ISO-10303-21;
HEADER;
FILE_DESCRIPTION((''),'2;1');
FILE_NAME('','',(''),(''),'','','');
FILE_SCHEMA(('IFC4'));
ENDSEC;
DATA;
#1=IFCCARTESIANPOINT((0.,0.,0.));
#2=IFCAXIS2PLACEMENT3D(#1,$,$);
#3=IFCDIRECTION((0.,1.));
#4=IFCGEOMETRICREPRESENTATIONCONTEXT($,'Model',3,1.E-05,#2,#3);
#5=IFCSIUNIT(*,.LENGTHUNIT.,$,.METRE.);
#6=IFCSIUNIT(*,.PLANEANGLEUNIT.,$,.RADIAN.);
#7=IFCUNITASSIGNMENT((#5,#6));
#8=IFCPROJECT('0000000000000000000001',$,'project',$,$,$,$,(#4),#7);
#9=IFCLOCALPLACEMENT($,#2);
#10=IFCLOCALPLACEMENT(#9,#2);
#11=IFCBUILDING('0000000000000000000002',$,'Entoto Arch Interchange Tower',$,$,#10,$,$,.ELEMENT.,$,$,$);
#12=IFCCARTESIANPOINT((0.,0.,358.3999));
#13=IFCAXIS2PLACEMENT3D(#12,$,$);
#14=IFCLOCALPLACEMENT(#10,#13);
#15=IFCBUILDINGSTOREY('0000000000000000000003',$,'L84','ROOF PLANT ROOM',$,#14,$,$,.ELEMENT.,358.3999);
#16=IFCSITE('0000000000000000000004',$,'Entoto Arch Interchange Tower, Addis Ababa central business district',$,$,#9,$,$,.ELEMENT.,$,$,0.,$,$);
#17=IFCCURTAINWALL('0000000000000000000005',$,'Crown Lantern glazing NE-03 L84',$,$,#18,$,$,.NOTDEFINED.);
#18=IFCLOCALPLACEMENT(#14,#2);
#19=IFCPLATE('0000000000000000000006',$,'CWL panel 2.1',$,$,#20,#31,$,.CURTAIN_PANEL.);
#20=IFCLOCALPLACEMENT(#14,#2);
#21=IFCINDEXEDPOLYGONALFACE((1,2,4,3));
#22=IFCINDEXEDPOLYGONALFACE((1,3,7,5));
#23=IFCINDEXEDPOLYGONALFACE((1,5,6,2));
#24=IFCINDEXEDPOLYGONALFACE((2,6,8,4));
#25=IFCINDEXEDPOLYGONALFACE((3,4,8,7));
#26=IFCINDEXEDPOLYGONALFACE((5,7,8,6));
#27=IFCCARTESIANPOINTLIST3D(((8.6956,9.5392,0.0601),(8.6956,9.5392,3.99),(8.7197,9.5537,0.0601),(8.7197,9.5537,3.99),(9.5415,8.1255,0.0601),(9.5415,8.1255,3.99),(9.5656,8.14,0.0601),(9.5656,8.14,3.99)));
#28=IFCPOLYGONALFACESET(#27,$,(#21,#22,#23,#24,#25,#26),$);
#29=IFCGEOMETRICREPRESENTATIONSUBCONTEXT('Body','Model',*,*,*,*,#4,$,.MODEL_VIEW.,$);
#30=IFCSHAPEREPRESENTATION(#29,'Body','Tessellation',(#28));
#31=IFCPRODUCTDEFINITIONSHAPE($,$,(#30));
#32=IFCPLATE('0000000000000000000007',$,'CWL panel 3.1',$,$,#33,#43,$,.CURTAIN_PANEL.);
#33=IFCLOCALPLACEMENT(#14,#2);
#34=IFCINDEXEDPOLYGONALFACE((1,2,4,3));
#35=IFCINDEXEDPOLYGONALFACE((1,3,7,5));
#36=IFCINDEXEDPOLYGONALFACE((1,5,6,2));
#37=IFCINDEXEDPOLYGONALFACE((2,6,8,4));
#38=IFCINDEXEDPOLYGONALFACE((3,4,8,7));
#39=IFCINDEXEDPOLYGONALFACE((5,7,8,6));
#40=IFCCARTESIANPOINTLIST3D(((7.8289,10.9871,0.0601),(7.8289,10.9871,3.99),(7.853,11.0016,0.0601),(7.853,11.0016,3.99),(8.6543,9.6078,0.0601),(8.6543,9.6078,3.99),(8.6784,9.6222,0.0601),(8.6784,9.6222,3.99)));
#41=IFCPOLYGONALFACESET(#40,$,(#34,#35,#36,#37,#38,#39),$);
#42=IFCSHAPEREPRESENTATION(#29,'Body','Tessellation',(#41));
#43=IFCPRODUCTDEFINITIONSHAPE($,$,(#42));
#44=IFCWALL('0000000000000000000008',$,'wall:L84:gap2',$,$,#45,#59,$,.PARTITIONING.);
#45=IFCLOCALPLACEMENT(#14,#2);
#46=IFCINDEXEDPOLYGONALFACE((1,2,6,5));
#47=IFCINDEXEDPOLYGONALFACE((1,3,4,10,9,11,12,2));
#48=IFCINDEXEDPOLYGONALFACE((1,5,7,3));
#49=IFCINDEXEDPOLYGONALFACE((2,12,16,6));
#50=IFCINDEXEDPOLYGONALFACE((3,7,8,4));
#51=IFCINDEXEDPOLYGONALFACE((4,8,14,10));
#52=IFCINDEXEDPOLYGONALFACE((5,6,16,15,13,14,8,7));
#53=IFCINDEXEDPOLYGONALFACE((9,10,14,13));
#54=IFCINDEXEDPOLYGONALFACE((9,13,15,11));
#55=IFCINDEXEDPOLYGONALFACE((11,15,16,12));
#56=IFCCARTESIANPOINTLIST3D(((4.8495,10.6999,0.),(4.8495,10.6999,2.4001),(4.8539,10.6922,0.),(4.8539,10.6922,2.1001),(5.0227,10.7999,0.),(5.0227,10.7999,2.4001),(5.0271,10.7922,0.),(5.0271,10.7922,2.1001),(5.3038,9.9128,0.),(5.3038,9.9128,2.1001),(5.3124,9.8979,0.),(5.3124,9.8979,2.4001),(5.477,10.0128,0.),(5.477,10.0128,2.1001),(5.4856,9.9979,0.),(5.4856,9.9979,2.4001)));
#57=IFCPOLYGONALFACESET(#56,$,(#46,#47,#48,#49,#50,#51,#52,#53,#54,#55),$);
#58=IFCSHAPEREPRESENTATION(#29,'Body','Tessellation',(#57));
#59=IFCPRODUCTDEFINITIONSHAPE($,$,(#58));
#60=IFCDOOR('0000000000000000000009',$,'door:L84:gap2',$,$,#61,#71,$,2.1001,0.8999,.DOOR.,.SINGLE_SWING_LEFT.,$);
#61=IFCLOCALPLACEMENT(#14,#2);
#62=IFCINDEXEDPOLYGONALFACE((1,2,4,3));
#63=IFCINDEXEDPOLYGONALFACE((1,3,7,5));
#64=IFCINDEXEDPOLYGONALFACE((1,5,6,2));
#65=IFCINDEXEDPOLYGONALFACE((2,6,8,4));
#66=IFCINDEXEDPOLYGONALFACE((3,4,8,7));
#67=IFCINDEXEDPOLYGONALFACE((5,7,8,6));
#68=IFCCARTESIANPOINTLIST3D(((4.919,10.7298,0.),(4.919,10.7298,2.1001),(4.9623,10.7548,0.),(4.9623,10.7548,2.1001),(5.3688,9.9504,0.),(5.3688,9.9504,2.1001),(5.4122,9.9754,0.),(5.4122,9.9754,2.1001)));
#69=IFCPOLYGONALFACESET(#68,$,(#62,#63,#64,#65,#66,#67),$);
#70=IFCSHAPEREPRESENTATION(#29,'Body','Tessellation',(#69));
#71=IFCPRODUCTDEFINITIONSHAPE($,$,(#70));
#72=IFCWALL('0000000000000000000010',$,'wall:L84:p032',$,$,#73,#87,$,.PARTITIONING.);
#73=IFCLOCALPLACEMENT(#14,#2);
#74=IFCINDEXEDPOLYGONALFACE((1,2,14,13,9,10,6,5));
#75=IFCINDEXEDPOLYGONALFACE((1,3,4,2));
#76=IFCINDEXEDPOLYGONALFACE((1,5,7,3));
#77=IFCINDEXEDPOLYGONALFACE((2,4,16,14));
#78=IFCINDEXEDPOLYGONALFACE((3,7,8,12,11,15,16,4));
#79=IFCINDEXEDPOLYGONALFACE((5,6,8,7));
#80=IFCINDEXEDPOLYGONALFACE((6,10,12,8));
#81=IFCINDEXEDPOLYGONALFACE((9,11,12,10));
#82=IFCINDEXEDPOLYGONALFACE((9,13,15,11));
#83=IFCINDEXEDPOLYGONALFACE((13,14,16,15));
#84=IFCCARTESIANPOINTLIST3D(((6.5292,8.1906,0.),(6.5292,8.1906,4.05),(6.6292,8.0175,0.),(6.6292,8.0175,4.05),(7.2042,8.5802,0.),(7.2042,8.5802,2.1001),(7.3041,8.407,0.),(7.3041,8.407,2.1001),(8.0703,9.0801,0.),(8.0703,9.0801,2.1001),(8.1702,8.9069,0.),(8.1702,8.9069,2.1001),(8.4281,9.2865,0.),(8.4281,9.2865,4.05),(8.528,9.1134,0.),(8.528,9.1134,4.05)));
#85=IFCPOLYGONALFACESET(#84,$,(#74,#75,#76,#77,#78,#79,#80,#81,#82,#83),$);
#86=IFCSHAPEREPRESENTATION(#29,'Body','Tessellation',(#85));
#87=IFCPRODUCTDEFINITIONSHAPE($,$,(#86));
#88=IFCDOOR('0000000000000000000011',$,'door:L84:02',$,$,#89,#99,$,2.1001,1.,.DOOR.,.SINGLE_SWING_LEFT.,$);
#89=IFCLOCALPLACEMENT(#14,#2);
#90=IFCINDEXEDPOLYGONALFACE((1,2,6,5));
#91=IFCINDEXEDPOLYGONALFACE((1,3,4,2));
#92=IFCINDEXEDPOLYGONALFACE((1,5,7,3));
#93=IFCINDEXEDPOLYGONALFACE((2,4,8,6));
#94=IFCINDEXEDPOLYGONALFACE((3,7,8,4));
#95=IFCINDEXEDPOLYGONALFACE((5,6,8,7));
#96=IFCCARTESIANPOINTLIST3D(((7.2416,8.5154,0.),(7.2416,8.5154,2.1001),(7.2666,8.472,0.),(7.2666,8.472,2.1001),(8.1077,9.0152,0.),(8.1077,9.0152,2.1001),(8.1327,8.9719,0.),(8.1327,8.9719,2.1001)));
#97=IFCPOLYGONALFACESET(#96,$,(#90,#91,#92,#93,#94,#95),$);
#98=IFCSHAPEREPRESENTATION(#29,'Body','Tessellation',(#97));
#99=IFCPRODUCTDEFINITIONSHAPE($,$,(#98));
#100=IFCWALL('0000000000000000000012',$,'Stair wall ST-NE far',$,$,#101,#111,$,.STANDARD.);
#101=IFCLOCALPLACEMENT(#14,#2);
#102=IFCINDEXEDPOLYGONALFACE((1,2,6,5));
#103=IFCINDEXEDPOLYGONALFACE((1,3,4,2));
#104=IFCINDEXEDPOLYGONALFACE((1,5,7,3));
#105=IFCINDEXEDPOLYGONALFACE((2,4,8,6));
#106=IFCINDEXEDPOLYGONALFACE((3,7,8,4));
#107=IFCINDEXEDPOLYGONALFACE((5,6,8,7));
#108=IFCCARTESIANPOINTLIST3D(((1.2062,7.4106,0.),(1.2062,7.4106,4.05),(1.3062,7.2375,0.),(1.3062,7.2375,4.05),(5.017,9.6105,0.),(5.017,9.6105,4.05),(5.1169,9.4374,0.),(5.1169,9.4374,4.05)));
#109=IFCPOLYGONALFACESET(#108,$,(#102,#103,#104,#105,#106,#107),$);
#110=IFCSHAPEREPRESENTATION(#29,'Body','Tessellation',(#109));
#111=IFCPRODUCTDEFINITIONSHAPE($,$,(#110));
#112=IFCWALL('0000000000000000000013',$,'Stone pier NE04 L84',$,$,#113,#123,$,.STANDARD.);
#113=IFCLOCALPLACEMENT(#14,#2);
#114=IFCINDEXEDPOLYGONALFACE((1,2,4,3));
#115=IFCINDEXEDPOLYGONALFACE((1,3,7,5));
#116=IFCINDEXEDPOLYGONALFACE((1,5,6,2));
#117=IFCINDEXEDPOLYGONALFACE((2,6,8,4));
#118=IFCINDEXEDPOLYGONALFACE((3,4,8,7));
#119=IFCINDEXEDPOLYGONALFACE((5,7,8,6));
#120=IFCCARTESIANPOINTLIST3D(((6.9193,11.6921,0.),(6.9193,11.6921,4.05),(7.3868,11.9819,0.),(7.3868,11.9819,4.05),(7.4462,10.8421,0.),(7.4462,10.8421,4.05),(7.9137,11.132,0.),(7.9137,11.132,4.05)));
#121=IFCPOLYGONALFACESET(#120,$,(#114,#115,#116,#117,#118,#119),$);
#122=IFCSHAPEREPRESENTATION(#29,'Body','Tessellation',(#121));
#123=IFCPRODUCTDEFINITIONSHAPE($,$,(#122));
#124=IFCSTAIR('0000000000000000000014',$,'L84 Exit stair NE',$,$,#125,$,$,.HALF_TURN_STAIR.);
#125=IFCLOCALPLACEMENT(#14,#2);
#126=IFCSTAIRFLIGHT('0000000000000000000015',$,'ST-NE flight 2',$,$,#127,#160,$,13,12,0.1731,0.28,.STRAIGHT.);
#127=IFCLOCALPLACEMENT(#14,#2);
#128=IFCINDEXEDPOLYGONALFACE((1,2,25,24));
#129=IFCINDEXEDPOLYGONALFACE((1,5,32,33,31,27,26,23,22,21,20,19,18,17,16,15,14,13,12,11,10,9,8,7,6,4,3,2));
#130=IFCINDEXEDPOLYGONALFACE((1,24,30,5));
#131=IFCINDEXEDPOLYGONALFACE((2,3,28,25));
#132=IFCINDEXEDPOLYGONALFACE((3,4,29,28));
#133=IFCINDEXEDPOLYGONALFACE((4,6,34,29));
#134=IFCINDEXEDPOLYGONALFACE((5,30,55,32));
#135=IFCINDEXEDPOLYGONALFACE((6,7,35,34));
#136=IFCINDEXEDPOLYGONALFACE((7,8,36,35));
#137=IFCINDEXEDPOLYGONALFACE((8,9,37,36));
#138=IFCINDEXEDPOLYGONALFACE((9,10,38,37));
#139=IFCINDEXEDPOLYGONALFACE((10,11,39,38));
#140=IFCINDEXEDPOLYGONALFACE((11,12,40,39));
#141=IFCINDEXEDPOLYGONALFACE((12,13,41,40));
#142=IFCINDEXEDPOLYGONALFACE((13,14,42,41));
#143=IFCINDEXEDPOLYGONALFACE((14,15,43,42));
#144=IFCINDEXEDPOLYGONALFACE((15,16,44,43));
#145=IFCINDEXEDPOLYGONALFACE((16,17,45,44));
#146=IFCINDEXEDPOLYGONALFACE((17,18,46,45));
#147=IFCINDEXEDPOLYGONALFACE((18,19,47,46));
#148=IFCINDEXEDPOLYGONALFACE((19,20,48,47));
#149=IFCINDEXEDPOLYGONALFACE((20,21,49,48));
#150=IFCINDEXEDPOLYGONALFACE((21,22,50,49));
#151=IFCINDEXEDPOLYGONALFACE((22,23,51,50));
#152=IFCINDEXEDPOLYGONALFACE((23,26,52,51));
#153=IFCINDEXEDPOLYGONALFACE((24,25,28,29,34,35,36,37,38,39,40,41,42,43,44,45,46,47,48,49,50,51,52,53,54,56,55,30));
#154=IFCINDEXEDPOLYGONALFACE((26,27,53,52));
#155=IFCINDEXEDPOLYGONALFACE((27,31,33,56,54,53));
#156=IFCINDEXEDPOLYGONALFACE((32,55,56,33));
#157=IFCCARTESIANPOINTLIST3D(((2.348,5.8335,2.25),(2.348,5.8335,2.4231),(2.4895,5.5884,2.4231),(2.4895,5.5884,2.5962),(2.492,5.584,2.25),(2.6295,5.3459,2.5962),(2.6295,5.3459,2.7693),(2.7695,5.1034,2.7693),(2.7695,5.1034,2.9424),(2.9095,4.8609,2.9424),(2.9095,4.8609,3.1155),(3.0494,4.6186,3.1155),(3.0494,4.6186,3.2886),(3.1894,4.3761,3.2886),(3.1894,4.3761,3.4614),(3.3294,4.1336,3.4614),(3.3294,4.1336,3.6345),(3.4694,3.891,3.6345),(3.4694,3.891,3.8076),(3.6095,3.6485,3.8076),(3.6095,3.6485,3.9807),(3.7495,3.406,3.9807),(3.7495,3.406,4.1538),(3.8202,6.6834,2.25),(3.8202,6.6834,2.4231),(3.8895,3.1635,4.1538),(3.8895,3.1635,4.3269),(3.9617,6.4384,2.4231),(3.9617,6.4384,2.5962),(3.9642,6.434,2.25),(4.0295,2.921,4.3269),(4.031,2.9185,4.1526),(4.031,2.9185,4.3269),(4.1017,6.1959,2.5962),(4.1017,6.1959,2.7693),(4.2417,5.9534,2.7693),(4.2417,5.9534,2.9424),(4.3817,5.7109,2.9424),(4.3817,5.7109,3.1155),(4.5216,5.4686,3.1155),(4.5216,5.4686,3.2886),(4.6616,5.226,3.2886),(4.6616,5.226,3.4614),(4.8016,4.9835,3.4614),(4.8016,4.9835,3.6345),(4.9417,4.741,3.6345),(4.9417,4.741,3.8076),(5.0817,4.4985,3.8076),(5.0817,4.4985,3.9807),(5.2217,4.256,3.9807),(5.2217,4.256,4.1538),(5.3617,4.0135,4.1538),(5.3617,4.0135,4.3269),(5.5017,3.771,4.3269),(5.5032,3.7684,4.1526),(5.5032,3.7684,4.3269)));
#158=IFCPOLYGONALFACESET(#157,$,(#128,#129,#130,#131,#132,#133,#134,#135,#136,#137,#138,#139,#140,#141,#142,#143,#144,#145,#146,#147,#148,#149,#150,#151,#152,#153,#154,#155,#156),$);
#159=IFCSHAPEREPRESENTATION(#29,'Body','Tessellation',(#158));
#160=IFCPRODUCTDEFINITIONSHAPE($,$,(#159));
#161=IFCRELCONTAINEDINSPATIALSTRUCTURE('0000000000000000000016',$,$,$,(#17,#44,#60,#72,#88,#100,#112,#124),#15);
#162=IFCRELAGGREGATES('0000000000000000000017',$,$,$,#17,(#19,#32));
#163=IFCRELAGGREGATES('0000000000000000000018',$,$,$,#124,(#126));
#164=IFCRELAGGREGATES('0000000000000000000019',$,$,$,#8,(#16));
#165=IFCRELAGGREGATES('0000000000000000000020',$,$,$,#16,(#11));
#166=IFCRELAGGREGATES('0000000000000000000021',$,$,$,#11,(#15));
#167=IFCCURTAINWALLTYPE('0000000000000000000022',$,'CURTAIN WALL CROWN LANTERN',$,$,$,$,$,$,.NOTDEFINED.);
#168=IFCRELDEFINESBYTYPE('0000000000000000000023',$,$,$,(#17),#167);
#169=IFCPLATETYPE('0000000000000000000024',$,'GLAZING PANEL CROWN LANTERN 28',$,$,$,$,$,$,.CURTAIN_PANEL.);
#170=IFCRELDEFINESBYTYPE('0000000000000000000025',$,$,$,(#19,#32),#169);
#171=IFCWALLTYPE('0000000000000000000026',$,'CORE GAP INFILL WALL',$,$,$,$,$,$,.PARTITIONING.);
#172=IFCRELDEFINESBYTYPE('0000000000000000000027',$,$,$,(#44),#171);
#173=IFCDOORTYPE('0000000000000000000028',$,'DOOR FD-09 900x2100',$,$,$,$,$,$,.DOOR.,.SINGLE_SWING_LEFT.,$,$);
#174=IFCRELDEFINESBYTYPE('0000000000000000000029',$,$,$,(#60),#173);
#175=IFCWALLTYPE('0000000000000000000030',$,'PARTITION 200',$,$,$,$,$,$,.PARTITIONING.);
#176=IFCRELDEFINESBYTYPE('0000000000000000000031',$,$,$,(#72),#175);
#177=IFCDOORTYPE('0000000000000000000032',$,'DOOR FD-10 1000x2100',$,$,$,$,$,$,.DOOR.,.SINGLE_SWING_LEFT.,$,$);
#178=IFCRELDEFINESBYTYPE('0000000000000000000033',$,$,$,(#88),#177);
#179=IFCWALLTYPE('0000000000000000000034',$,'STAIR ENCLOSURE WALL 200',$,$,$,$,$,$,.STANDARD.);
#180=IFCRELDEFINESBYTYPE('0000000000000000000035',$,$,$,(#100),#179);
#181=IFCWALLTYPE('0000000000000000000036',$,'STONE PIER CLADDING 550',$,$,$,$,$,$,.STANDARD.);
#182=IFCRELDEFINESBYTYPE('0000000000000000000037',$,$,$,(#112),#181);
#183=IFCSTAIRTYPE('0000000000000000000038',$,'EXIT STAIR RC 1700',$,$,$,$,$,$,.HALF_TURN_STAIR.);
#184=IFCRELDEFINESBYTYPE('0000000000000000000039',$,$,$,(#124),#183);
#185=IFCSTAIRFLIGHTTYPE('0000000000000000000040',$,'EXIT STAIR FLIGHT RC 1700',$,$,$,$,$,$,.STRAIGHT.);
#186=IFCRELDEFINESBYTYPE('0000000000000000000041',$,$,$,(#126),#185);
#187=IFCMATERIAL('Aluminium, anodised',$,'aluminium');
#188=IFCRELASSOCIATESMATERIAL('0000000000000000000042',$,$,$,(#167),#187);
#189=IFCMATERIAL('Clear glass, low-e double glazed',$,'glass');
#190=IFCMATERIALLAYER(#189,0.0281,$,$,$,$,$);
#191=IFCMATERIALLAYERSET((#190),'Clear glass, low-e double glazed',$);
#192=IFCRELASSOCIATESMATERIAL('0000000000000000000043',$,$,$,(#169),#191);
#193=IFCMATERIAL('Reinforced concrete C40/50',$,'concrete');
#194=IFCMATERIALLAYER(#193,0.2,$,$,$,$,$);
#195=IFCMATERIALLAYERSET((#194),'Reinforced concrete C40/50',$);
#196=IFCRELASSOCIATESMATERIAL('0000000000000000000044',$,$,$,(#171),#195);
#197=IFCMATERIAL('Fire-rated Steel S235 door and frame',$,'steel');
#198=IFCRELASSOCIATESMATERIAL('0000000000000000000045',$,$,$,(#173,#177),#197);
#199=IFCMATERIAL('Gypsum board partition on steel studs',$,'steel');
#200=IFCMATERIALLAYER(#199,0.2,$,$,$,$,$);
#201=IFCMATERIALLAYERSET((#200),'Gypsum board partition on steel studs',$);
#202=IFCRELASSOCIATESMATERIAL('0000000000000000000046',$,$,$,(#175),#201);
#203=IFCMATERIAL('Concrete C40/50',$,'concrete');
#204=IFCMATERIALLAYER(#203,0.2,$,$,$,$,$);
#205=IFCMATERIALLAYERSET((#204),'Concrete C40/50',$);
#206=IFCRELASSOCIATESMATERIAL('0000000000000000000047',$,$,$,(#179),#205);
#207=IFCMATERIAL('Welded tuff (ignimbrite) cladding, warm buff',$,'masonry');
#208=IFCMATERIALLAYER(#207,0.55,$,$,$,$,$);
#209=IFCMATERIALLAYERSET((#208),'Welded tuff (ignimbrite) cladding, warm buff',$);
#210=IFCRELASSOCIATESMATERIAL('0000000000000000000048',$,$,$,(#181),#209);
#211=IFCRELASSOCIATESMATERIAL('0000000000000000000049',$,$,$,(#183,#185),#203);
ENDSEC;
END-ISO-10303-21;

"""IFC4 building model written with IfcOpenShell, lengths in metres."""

from ifc_helpers import new_model, si_unit, direction, frame, frame_2d, origin, origin_2d, place, context, subcontext, project, spatial, polyline, rectangle, outline, extrude, material, layer, layer_set, type_object, element, fill, aggregate, save


model = new_model("IFC4")

# Units and contexts
model_context = context("Model", 3, precision=1e-05, world=origin(), true_north=direction((0.0, 1.0)))
body_context = subcontext(model_context, "Body", "Model", "MODEL_VIEW")
ifc_project = project(units=[si_unit("LENGTHUNIT", "METRE"), si_unit("PLANEANGLEUNIT", "RADIAN")], contexts=[model_context])

# Site, building, storey
site_placement = place(None, origin())
site = spatial("IfcSite", under=ifc_project, at=site_placement, Name="Entoto Arch Interchange Tower, Addis Ababa central business district", CompositionType="ELEMENT", RefElevation=0.0)
building_placement = place(site_placement, origin())
building = spatial("IfcBuilding", under=site, at=building_placement, Name="Entoto Arch Interchange Tower", CompositionType="ELEMENT")
storey_placement = place(building_placement, frame((0.0, 0.0, 358.3999)))
storey = spatial("IfcBuildingStorey", under=building, at=storey_placement, Name="L84", Description="ROOF PLANT ROOM", CompositionType="ELEMENT", Elevation=358.3999)

# Shared definitions
ifc_material_1 = material(Name="Concrete C40/50", Category="concrete")

# Curtain wall
ifc_material_2 = material(Name="Aluminium, anodised", Category="aluminium")
curtain_wall_type = type_object("IfcCurtainWallType", Name="CURTAIN WALL CROWN LANTERN", PredefinedType="NOTDEFINED", material=ifc_material_2)
curtain_wall_1_placement = place(storey_placement, origin())
curtain_wall_1 = element("IfcCurtainWall", 1, at=curtain_wall_1_placement, inside=storey, type_object=curtain_wall_type, Name="Crown Lantern glazing NE-03 L84", PredefinedType="NOTDEFINED")

# Plates
ifc_material_3 = material(Name="Clear glass, low-e double glazed", Category="glass")
ifc_layer_1 = layer(ifc_material_3, 0.0281)
ifc_layer_set_1 = layer_set([ifc_layer_1], Name="Clear glass, low-e double glazed")
plate_type = type_object("IfcPlateType", Name="GLAZING PANEL CROWN LANTERN 28", PredefinedType="CURTAIN_PANEL", material=ifc_layer_set_1)
plate_1_placement = place(storey_placement, frame((9.1306, 8.8396, 0.0601), z_axis=(0.0, 0.0, 1.0), x_axis=(-0.513474, 0.858105, 0.0)))
plate_1 = element("IfcPlate", 2, at=plate_1_placement, type_object=plate_type, Name="CWL panel 2.1", PredefinedType="CURTAIN_PANEL", context=body_context, shape_type="SweptSolid", body=[
    extrude(rectangle(XDim=1.6475, YDim=0.0281, at=origin_2d()), origin(), (0.0, 0.0, 1.0), 3.9299),
])
plate_2_placement = place(storey_placement, frame((8.2537, 10.3047, 0.0601), z_axis=(0.0, 0.0, 1.0), x_axis=(-0.513474, 0.858105, 0.0)))
plate_2 = element("IfcPlate", 3, at=plate_2_placement, type_object=plate_type, Name="CWL panel 3.1", PredefinedType="CURTAIN_PANEL", context=body_context, shape_type="SweptSolid", body=[
    extrude(rectangle(XDim=1.6074, YDim=0.0281, at=origin_2d()), origin(), (0.0, 0.0, 1.0), 3.9299),
])
aggregate(curtain_wall_1, [plate_1, plate_2])

# Walls, openings, doors
ifc_material_4 = material(Name="Reinforced concrete C40/50", Category="concrete")
ifc_layer_2 = layer(ifc_material_4, 0.2)
ifc_layer_set_2 = layer_set([ifc_layer_2], Name="Reinforced concrete C40/50")
wall_type_1 = type_object("IfcWallType", Name="CORE GAP INFILL WALL", PredefinedType="PARTITIONING", material=ifc_layer_set_2)
wall_1_placement = place(storey_placement, frame((5.3989, 9.948, 0.0), z_axis=(0.0, 0.0, 1.0), x_axis=(-0.499882, 0.866093, 0.0)))
wall_1 = element("IfcWall", 4, at=wall_1_placement, inside=storey, type_object=wall_type_1, Name="wall:L84:gap2", PredefinedType="PARTITIONING", context=body_context, shape_type="SweptSolid", body=[
    extrude(rectangle(XDim=0.926, YDim=0.2, at=frame_2d((0.4629, 0.0))), origin(), (0.0, 0.0, 1.0), 2.4001),
])
opening_1_placement = place(wall_1_placement, frame((0.0171, 0.0, 0.0)))
opening_1 = element("IfcOpeningElement", 5, at=opening_1_placement, cuts=wall_1, PredefinedType="OPENING", context=body_context, shape_type="SweptSolid", body=[
    extrude(rectangle(XDim=0.8999, YDim=2.1001, at=frame_2d((0.45, 1.05))), frame((0.0, 0.1099, 0.0), z_axis=(0.0, -1.0, 0.0), x_axis=(1.0, 0.0, 0.0)), (0.0, 0.0, 1.0), 0.22),
])
ifc_material_5 = material(Name="Fire-rated Steel S235 door and frame", Category="steel")
door_type_1 = type_object("IfcDoorType", Name="DOOR FD-09 900x2100", OperationType="SINGLE_SWING_LEFT", PredefinedType="DOOR", material=ifc_material_5)
door_1_placement = place(opening_1_placement, origin())
door_1 = element("IfcDoor", 6, at=door_1_placement, inside=storey, type_object=door_type_1, Name="door:L84:gap2", OperationType="SINGLE_SWING_LEFT", OverallHeight=2.1001, OverallWidth=0.8999, PredefinedType="DOOR", context=body_context, shape_type="SweptSolid", body=[
    extrude(rectangle(XDim=0.8999, YDim=2.1001, at=frame_2d((0.45, 1.05))), frame((0.0, 0.0249, 0.0), z_axis=(0.0, -1.0, 0.0), x_axis=(1.0, 0.0, 0.0)), (0.0, 0.0, 1.0), 0.05),
])
fill(opening_1, door_1)
ifc_material_6 = material(Name="Gypsum board partition on steel studs", Category="steel")
ifc_layer_3 = layer(ifc_material_6, 0.2)
ifc_layer_set_3 = layer_set([ifc_layer_3], Name="Gypsum board partition on steel studs")
wall_type_2 = type_object("IfcWallType", Name="PARTITION 200", PredefinedType="PARTITIONING", material=ifc_layer_set_3)
wall_2_placement = place(storey_placement, frame((8.478, 9.2, 0.0), z_axis=(0.0, 0.0, 1.0), x_axis=(-0.866104, -0.499864, 0.0)))
wall_2 = element("IfcWall", 7, at=wall_2_placement, inside=storey, type_object=wall_type_2, Name="wall:L84:p032", PredefinedType="PARTITIONING", context=body_context, shape_type="SweptSolid", body=[
    extrude(rectangle(XDim=2.1924, YDim=0.2, at=frame_2d((1.0962, 0.0))), origin(), (0.0, 0.0, 1.0), 4.05),
])
opening_2_placement = place(wall_2_placement, frame((0.4131, 0.0, 0.0)))
opening_2 = element("IfcOpeningElement", 8, at=opening_2_placement, cuts=wall_2, PredefinedType="OPENING", context=body_context, shape_type="SweptSolid", body=[
    extrude(rectangle(XDim=1.0, YDim=2.1001, at=frame_2d((0.5, 1.05))), frame((0.0, 0.1099, 0.0), z_axis=(0.0, -1.0, 0.0), x_axis=(1.0, 0.0, 0.0)), (0.0, 0.0, 1.0), 0.22),
])
door_type_2 = type_object("IfcDoorType", Name="DOOR FD-10 1000x2100", OperationType="SINGLE_SWING_LEFT", PredefinedType="DOOR", material=ifc_material_5)
door_2_placement = place(opening_2_placement, origin())
door_2 = element("IfcDoor", 9, at=door_2_placement, inside=storey, type_object=door_type_2, Name="door:L84:02", OperationType="SINGLE_SWING_LEFT", OverallHeight=2.1001, OverallWidth=1.0, PredefinedType="DOOR", context=body_context, shape_type="SweptSolid", body=[
    extrude(rectangle(XDim=1.0, YDim=2.1001, at=frame_2d((0.5, 1.05))), frame((0.0, 0.0249, 0.0), z_axis=(0.0, -1.0, 0.0), x_axis=(1.0, 0.0, 0.0)), (0.0, 0.0, 1.0), 0.05),
])
fill(opening_2, door_2)

# Walls
ifc_layer_4 = layer(ifc_material_1, 0.2)
ifc_layer_set_4 = layer_set([ifc_layer_4], Name="Concrete C40/50")
wall_type_3 = type_object("IfcWallType", Name="STAIR ENCLOSURE WALL 200", PredefinedType="STANDARD", material=ifc_layer_set_4)
wall_3_placement = place(storey_placement, frame((1.2561, 7.324, 0.0), z_axis=(0.0, 0.0, 1.0), x_axis=(0.866046, 0.499964, 0.0)))
element("IfcWall", 10, at=wall_3_placement, inside=storey, type_object=wall_type_3, Name="Stair wall ST-NE far", PredefinedType="STANDARD", context=body_context, shape_type="SweptSolid", body=[
    extrude(rectangle(XDim=4.4001, YDim=0.2, at=frame_2d((2.2002, 0.0))), origin(), (0.0, 0.0, 1.0), 4.05),
])
ifc_material_7 = material(Name="Welded tuff (ignimbrite) cladding, warm buff", Category="masonry")
ifc_layer_5 = layer(ifc_material_7, 0.55)
ifc_layer_set_5 = layer_set([ifc_layer_5], Name="Welded tuff (ignimbrite) cladding, warm buff")
wall_type_4 = type_object("IfcWallType", Name="STONE PIER CLADDING 550", PredefinedType="STANDARD", material=ifc_layer_set_5)
wall_4_placement = place(storey_placement, frame((7.6799, 10.9871, 0.0), z_axis=(0.0, 0.0, 1.0), x_axis=(-0.526901, 0.849927, 0.0)))
element("IfcWall", 11, at=wall_4_placement, inside=storey, type_object=wall_type_4, Name="Stone pier NE04 L84", PredefinedType="STANDARD", context=body_context, shape_type="SweptSolid", body=[
    extrude(rectangle(XDim=1.0, YDim=0.55, at=frame_2d((0.5, 0.0))), origin(), (0.0, 0.0, 1.0), 4.05),
])

# Stair, stair flight
stair_type = type_object("IfcStairType", Name="EXIT STAIR RC 1700", PredefinedType="HALF_TURN_STAIR", material=ifc_material_1)
stair_placement = place(storey_placement, origin())
stair = element("IfcStair", 12, at=stair_placement, inside=storey, type_object=stair_type, Name="L84 Exit stair NE", PredefinedType="HALF_TURN_STAIR")
stair_flight_type = type_object("IfcStairFlightType", Name="EXIT STAIR FLIGHT RC 1700", PredefinedType="STRAIGHT", material=ifc_material_1)
stair_flight_placement = place(storey_placement, frame((3.0854, 6.2559, 2.25), z_axis=(0.0, 0.0, 1.0), x_axis=(0.5, -0.866025, 0.0)))
stair_flight = element("IfcStairFlight", 13, at=stair_flight_placement, type_object=stair_flight_type, Name="ST-NE flight 2", NumberOfRisers=13, NumberOfTreads=12, PredefinedType="STRAIGHT", RiserHeight=0.1731, TreadLength=0.28, context=body_context, shape_type="SweptSolid", body=[
    extrude(outline(polyline([(-0.0029, 0.0), (-0.0029, 0.1731), (0.28, 0.1731), (0.28, 0.3462), (0.5601, 0.3462), (0.5601, 0.5193), (0.8401, 0.5193), (0.8401, 0.6924), (1.1201, 0.6924), (1.1201, 0.8655), (1.3999, 0.8655), (1.3999, 1.0386), (1.6799, 1.0386), (1.6799, 1.2114), (1.96, 1.2114), (1.96, 1.3845), (2.24, 1.3845), (2.24, 1.5576), (2.52, 1.5576), (2.52, 1.7307), (2.8, 1.7307), (2.8, 1.9038), (3.0801, 1.9038), (3.0801, 2.0769), (3.3601, 2.0769), (3.363, 2.0769), (3.363, 1.9026), (0.2852, 0.0), (-0.0029, 0.0)])), frame((0.0, 0.8501, 0.0), z_axis=(0.0, -1.0, 0.0), x_axis=(1.0, 0.0, 0.0)), (0.0, 0.0, 1.0), 1.7),
])
aggregate(stair, [stair_flight])

save(model, "model.ifc")
